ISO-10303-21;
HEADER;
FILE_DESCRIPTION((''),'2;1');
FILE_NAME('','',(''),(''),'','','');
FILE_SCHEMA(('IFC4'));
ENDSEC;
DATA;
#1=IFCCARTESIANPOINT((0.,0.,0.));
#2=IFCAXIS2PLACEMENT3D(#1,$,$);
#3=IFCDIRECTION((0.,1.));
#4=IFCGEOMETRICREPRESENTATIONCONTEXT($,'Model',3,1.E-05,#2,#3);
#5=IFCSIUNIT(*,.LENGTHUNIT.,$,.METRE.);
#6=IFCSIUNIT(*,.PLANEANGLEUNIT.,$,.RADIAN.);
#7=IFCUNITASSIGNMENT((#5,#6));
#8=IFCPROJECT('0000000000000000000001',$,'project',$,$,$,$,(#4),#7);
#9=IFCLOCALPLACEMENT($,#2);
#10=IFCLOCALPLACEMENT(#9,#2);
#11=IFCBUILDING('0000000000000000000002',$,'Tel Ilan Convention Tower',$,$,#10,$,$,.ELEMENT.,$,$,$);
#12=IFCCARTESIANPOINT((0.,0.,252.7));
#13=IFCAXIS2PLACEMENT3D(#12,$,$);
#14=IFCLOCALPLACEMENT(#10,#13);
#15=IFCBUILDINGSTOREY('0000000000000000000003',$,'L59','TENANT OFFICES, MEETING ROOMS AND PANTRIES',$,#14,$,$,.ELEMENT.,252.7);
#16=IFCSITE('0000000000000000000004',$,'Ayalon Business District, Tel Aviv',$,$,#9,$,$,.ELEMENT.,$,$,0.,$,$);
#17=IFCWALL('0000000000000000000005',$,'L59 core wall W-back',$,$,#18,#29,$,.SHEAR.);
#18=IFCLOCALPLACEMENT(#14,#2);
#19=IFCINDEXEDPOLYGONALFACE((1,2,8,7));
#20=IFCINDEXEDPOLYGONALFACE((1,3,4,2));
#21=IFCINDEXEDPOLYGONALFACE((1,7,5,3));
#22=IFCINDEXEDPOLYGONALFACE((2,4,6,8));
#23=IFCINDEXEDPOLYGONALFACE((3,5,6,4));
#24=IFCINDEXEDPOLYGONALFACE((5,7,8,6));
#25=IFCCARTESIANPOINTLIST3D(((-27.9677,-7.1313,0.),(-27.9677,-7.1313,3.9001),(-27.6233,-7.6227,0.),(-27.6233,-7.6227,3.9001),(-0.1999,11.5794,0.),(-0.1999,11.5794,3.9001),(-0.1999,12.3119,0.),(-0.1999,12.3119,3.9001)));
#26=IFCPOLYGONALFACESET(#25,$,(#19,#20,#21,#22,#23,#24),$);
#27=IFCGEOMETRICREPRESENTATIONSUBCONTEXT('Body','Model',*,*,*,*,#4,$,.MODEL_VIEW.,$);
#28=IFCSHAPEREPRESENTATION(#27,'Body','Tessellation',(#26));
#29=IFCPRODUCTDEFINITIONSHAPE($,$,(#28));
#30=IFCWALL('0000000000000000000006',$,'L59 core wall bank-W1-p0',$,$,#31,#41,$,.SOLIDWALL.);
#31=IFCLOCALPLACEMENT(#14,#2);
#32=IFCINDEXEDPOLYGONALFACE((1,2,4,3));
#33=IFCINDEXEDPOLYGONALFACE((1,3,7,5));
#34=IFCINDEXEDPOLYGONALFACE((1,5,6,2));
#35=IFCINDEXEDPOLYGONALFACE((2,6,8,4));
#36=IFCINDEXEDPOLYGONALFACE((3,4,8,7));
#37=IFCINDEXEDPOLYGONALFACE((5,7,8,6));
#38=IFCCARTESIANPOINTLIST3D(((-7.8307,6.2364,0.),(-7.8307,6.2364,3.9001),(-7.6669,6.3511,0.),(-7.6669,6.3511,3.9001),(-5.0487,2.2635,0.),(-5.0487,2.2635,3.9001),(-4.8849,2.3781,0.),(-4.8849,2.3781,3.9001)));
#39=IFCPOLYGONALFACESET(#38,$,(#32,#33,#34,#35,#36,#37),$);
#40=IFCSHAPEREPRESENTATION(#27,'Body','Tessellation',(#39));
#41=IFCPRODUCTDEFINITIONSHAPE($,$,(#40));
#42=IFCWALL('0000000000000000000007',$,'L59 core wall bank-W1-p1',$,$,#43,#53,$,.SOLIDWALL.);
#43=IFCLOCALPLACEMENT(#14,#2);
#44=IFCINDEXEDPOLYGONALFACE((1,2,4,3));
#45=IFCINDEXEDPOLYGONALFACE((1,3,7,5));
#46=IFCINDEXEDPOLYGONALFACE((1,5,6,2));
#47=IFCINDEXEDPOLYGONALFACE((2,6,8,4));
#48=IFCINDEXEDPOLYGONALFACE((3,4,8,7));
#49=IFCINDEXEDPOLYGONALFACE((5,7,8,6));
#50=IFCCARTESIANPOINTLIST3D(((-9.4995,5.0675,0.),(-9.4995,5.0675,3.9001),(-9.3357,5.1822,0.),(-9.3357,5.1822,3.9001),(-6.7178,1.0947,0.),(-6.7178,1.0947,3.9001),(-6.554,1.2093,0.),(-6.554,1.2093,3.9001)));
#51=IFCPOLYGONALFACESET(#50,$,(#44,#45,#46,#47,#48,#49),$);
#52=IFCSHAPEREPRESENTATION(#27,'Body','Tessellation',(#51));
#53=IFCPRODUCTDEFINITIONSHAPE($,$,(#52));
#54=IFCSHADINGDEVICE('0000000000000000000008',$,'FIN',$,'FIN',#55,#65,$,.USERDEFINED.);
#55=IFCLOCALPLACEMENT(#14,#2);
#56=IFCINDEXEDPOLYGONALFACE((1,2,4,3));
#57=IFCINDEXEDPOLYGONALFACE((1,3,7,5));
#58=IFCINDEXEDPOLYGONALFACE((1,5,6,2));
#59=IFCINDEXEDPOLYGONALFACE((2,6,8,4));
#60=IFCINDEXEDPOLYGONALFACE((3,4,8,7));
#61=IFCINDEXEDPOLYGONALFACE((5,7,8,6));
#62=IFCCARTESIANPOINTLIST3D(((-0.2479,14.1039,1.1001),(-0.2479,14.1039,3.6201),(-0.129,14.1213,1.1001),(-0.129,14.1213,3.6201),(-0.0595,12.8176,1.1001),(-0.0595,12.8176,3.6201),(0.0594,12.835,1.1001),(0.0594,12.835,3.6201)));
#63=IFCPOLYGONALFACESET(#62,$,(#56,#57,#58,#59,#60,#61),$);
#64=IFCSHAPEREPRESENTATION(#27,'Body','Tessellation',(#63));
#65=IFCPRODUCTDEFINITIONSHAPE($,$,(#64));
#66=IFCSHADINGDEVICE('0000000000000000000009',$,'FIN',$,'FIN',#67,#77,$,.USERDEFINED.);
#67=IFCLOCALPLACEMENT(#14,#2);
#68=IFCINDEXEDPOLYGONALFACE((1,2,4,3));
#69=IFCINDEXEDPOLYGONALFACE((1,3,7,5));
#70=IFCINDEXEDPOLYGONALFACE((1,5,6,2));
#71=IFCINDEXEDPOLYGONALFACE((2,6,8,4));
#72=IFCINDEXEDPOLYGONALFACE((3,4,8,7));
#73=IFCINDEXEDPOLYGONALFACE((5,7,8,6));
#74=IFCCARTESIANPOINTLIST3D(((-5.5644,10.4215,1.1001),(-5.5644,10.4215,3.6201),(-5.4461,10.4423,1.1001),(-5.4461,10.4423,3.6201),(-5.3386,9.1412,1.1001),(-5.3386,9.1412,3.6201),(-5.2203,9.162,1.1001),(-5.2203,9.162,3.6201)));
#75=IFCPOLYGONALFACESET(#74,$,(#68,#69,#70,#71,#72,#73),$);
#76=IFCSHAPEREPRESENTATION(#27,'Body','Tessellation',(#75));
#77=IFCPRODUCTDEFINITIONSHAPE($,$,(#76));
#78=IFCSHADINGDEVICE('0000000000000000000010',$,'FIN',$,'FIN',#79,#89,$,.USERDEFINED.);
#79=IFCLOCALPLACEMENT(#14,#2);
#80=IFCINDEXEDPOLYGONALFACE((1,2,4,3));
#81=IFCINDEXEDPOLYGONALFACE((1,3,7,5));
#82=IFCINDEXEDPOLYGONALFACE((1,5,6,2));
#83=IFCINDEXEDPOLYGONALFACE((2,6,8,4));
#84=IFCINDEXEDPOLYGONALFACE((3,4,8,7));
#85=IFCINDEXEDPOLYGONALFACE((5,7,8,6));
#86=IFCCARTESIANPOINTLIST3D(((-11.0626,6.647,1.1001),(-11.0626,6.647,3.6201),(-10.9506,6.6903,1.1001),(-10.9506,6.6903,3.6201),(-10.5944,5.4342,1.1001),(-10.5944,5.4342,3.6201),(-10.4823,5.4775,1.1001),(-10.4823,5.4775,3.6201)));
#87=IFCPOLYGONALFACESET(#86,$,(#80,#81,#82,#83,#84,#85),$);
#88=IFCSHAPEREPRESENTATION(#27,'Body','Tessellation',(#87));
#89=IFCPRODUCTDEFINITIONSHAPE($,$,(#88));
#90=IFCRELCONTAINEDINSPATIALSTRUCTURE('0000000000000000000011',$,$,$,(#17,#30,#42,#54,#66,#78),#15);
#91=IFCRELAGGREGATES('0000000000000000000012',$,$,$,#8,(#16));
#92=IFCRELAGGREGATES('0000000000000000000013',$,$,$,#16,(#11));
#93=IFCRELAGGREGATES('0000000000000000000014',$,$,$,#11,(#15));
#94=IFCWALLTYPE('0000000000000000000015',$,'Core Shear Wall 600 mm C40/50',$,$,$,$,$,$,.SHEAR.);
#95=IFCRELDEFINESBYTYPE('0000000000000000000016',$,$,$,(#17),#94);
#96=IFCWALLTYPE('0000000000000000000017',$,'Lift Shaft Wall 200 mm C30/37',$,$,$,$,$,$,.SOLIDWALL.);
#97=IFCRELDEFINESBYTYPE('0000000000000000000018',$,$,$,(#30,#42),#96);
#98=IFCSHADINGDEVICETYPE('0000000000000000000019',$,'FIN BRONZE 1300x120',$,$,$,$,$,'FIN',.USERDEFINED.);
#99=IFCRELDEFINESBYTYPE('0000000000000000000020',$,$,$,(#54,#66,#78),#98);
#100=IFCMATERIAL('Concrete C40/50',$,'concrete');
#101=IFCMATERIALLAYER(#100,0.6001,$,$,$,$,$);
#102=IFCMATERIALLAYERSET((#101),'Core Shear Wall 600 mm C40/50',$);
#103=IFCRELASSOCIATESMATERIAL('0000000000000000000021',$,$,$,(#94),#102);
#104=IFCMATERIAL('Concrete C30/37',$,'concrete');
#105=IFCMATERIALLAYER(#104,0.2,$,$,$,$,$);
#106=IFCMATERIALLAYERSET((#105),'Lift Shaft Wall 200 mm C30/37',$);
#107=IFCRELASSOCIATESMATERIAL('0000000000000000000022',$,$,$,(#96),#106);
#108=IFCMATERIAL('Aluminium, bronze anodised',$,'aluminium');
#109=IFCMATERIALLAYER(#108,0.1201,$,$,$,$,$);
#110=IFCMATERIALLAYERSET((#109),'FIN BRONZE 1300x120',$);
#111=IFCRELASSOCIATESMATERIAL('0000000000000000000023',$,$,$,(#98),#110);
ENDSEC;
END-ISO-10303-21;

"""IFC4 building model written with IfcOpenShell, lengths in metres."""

from ifc_helpers import new_model, si_unit, direction, frame, frame_2d, origin, origin_2d, place, context, subcontext, project, spatial, polyline, rectangle, outline, extrude, material, layer, layer_set, type_object, element, save


model = new_model("IFC4")

# Units and contexts
model_context = context("Model", 3, precision=1e-05, world=origin(), true_north=direction((0.0, 1.0)))
body_context = subcontext(model_context, "Body", "Model", "MODEL_VIEW")
ifc_project = project(units=[si_unit("LENGTHUNIT", "METRE"), si_unit("PLANEANGLEUNIT", "RADIAN")], contexts=[model_context])

# Site, building, storey
site_placement = place(None, origin())
site = spatial("IfcSite", under=ifc_project, at=site_placement, Name="Ayalon Business District, Tel Aviv", CompositionType="ELEMENT", RefElevation=0.0)
building_placement = place(site_placement, origin())
building = spatial("IfcBuilding", under=site, at=building_placement, Name="Tel Ilan Convention Tower", CompositionType="ELEMENT")
storey_placement = place(building_placement, frame((0.0, 0.0, 252.7)))
storey = spatial("IfcBuildingStorey", under=building, at=storey_placement, Name="L59", Description="TENANT OFFICES, MEETING ROOMS AND PANTRIES", CompositionType="ELEMENT", Elevation=252.7)

# Walls
ifc_material_1 = material(Name="Concrete C40/50", Category="concrete")
ifc_layer_1 = layer(ifc_material_1, 0.6001)
ifc_layer_set_1 = layer_set([ifc_layer_1], Name="Core Shear Wall 600 mm C40/50")
wall_type_1 = type_object("IfcWallType", Name="Core Shear Wall 600 mm C40/50", PredefinedType="SHEAR", material=ifc_layer_set_1)
wall_1_placement = place(storey_placement, frame((-0.0278, 12.0662, 0.0), z_axis=(0.0, 0.0, 1.0), x_axis=(-0.819151, -0.573577, 0.0)))
element("IfcWall", 1, at=wall_1_placement, inside=storey, type_object=wall_type_1, Name="L59 core wall W-back", PredefinedType="SHEAR", context=body_context, shape_type="SweptSolid", body=[
    extrude(outline(polyline([(33.8979, 0.3), (0.4202, 0.3), (0.0, -0.3), (33.8982, -0.3), (33.8979, 0.3)])), origin(), (0.0, 0.0, 1.0), 3.9001),
])
ifc_material_2 = material(Name="Concrete C30/37", Category="concrete")
ifc_layer_2 = layer(ifc_material_2, 0.2)
ifc_layer_set_2 = layer_set([ifc_layer_2], Name="Lift Shaft Wall 200 mm C30/37")
wall_type_2 = type_object("IfcWallType", Name="Lift Shaft Wall 200 mm C30/37", PredefinedType="SOLIDWALL", material=ifc_layer_set_2)
wall_2_placement = place(storey_placement, frame((-4.9668, 2.3208, 0.0), z_axis=(0.0, 0.0, 1.0), x_axis=(-0.573594, 0.81914, 0.0)))
element("IfcWall", 2, at=wall_2_placement, inside=storey, type_object=wall_type_2, Name="L59 core wall bank-W1-p0", PredefinedType="SOLIDWALL", context=body_context, shape_type="SweptSolid", body=[
    extrude(rectangle(XDim=4.8501, YDim=0.2, at=frame_2d((2.425, 0.0))), origin(), (0.0, 0.0, 1.0), 3.9001),
])
wall_3_placement = place(storey_placement, frame((-6.636, 1.1521, 0.0), z_axis=(0.0, 0.0, 1.0), x_axis=(-0.57356, 0.819163, 0.0)))
element("IfcWall", 3, at=wall_3_placement, inside=storey, type_object=wall_type_2, Name="L59 core wall bank-W1-p1", PredefinedType="SOLIDWALL", context=body_context, shape_type="SweptSolid", body=[
    extrude(rectangle(XDim=4.8499, YDim=0.2, at=frame_2d((2.4248, 0.0))), origin(), (0.0, 0.0, 1.0), 3.9001),
])

# Shading devices
ifc_material_3 = material(Name="Aluminium, bronze anodised", Category="aluminium")
ifc_layer_3 = layer(ifc_material_3, 0.1201)
ifc_layer_set_3 = layer_set([ifc_layer_3], Name="FIN BRONZE 1300x120")
shading_device_type = type_object("IfcShadingDeviceType", Name="FIN BRONZE 1300x120", ElementType="FIN", PredefinedType="USERDEFINED", material=ifc_layer_set_3)
for number, where, z_axis, x_axis, name in (
    (4, (-0.0942, 13.4695, 1.1001), (0.0, 0.0, 1.0), (-0.144932, 0.989442, 0.0), "FIN"),
    (5, (-5.3923, 9.7917, 1.1001), (0.0, 0.0, 1.0), (-0.173648, 0.984808, 0.0), "FIN"),
    (6, (-10.7725, 6.0623, 1.1001), (0.0, 0.0, 1.0), (-0.360178, 0.932884, 0.0), "FIN"),
):
    element("IfcShadingDevice", number, at=place(storey_placement, frame(where, z_axis=z_axis, x_axis=x_axis)), inside=storey, type_object=shading_device_type, Name=name, ObjectType="FIN", PredefinedType="USERDEFINED", context=body_context, shape_type="SweptSolid", body=[
        extrude(rectangle(XDim=1.3, YDim=0.1201, at=origin_2d()), origin(), (0.0, 0.0, 1.0), 2.52),
    ])

save(model, "model.ifc")
